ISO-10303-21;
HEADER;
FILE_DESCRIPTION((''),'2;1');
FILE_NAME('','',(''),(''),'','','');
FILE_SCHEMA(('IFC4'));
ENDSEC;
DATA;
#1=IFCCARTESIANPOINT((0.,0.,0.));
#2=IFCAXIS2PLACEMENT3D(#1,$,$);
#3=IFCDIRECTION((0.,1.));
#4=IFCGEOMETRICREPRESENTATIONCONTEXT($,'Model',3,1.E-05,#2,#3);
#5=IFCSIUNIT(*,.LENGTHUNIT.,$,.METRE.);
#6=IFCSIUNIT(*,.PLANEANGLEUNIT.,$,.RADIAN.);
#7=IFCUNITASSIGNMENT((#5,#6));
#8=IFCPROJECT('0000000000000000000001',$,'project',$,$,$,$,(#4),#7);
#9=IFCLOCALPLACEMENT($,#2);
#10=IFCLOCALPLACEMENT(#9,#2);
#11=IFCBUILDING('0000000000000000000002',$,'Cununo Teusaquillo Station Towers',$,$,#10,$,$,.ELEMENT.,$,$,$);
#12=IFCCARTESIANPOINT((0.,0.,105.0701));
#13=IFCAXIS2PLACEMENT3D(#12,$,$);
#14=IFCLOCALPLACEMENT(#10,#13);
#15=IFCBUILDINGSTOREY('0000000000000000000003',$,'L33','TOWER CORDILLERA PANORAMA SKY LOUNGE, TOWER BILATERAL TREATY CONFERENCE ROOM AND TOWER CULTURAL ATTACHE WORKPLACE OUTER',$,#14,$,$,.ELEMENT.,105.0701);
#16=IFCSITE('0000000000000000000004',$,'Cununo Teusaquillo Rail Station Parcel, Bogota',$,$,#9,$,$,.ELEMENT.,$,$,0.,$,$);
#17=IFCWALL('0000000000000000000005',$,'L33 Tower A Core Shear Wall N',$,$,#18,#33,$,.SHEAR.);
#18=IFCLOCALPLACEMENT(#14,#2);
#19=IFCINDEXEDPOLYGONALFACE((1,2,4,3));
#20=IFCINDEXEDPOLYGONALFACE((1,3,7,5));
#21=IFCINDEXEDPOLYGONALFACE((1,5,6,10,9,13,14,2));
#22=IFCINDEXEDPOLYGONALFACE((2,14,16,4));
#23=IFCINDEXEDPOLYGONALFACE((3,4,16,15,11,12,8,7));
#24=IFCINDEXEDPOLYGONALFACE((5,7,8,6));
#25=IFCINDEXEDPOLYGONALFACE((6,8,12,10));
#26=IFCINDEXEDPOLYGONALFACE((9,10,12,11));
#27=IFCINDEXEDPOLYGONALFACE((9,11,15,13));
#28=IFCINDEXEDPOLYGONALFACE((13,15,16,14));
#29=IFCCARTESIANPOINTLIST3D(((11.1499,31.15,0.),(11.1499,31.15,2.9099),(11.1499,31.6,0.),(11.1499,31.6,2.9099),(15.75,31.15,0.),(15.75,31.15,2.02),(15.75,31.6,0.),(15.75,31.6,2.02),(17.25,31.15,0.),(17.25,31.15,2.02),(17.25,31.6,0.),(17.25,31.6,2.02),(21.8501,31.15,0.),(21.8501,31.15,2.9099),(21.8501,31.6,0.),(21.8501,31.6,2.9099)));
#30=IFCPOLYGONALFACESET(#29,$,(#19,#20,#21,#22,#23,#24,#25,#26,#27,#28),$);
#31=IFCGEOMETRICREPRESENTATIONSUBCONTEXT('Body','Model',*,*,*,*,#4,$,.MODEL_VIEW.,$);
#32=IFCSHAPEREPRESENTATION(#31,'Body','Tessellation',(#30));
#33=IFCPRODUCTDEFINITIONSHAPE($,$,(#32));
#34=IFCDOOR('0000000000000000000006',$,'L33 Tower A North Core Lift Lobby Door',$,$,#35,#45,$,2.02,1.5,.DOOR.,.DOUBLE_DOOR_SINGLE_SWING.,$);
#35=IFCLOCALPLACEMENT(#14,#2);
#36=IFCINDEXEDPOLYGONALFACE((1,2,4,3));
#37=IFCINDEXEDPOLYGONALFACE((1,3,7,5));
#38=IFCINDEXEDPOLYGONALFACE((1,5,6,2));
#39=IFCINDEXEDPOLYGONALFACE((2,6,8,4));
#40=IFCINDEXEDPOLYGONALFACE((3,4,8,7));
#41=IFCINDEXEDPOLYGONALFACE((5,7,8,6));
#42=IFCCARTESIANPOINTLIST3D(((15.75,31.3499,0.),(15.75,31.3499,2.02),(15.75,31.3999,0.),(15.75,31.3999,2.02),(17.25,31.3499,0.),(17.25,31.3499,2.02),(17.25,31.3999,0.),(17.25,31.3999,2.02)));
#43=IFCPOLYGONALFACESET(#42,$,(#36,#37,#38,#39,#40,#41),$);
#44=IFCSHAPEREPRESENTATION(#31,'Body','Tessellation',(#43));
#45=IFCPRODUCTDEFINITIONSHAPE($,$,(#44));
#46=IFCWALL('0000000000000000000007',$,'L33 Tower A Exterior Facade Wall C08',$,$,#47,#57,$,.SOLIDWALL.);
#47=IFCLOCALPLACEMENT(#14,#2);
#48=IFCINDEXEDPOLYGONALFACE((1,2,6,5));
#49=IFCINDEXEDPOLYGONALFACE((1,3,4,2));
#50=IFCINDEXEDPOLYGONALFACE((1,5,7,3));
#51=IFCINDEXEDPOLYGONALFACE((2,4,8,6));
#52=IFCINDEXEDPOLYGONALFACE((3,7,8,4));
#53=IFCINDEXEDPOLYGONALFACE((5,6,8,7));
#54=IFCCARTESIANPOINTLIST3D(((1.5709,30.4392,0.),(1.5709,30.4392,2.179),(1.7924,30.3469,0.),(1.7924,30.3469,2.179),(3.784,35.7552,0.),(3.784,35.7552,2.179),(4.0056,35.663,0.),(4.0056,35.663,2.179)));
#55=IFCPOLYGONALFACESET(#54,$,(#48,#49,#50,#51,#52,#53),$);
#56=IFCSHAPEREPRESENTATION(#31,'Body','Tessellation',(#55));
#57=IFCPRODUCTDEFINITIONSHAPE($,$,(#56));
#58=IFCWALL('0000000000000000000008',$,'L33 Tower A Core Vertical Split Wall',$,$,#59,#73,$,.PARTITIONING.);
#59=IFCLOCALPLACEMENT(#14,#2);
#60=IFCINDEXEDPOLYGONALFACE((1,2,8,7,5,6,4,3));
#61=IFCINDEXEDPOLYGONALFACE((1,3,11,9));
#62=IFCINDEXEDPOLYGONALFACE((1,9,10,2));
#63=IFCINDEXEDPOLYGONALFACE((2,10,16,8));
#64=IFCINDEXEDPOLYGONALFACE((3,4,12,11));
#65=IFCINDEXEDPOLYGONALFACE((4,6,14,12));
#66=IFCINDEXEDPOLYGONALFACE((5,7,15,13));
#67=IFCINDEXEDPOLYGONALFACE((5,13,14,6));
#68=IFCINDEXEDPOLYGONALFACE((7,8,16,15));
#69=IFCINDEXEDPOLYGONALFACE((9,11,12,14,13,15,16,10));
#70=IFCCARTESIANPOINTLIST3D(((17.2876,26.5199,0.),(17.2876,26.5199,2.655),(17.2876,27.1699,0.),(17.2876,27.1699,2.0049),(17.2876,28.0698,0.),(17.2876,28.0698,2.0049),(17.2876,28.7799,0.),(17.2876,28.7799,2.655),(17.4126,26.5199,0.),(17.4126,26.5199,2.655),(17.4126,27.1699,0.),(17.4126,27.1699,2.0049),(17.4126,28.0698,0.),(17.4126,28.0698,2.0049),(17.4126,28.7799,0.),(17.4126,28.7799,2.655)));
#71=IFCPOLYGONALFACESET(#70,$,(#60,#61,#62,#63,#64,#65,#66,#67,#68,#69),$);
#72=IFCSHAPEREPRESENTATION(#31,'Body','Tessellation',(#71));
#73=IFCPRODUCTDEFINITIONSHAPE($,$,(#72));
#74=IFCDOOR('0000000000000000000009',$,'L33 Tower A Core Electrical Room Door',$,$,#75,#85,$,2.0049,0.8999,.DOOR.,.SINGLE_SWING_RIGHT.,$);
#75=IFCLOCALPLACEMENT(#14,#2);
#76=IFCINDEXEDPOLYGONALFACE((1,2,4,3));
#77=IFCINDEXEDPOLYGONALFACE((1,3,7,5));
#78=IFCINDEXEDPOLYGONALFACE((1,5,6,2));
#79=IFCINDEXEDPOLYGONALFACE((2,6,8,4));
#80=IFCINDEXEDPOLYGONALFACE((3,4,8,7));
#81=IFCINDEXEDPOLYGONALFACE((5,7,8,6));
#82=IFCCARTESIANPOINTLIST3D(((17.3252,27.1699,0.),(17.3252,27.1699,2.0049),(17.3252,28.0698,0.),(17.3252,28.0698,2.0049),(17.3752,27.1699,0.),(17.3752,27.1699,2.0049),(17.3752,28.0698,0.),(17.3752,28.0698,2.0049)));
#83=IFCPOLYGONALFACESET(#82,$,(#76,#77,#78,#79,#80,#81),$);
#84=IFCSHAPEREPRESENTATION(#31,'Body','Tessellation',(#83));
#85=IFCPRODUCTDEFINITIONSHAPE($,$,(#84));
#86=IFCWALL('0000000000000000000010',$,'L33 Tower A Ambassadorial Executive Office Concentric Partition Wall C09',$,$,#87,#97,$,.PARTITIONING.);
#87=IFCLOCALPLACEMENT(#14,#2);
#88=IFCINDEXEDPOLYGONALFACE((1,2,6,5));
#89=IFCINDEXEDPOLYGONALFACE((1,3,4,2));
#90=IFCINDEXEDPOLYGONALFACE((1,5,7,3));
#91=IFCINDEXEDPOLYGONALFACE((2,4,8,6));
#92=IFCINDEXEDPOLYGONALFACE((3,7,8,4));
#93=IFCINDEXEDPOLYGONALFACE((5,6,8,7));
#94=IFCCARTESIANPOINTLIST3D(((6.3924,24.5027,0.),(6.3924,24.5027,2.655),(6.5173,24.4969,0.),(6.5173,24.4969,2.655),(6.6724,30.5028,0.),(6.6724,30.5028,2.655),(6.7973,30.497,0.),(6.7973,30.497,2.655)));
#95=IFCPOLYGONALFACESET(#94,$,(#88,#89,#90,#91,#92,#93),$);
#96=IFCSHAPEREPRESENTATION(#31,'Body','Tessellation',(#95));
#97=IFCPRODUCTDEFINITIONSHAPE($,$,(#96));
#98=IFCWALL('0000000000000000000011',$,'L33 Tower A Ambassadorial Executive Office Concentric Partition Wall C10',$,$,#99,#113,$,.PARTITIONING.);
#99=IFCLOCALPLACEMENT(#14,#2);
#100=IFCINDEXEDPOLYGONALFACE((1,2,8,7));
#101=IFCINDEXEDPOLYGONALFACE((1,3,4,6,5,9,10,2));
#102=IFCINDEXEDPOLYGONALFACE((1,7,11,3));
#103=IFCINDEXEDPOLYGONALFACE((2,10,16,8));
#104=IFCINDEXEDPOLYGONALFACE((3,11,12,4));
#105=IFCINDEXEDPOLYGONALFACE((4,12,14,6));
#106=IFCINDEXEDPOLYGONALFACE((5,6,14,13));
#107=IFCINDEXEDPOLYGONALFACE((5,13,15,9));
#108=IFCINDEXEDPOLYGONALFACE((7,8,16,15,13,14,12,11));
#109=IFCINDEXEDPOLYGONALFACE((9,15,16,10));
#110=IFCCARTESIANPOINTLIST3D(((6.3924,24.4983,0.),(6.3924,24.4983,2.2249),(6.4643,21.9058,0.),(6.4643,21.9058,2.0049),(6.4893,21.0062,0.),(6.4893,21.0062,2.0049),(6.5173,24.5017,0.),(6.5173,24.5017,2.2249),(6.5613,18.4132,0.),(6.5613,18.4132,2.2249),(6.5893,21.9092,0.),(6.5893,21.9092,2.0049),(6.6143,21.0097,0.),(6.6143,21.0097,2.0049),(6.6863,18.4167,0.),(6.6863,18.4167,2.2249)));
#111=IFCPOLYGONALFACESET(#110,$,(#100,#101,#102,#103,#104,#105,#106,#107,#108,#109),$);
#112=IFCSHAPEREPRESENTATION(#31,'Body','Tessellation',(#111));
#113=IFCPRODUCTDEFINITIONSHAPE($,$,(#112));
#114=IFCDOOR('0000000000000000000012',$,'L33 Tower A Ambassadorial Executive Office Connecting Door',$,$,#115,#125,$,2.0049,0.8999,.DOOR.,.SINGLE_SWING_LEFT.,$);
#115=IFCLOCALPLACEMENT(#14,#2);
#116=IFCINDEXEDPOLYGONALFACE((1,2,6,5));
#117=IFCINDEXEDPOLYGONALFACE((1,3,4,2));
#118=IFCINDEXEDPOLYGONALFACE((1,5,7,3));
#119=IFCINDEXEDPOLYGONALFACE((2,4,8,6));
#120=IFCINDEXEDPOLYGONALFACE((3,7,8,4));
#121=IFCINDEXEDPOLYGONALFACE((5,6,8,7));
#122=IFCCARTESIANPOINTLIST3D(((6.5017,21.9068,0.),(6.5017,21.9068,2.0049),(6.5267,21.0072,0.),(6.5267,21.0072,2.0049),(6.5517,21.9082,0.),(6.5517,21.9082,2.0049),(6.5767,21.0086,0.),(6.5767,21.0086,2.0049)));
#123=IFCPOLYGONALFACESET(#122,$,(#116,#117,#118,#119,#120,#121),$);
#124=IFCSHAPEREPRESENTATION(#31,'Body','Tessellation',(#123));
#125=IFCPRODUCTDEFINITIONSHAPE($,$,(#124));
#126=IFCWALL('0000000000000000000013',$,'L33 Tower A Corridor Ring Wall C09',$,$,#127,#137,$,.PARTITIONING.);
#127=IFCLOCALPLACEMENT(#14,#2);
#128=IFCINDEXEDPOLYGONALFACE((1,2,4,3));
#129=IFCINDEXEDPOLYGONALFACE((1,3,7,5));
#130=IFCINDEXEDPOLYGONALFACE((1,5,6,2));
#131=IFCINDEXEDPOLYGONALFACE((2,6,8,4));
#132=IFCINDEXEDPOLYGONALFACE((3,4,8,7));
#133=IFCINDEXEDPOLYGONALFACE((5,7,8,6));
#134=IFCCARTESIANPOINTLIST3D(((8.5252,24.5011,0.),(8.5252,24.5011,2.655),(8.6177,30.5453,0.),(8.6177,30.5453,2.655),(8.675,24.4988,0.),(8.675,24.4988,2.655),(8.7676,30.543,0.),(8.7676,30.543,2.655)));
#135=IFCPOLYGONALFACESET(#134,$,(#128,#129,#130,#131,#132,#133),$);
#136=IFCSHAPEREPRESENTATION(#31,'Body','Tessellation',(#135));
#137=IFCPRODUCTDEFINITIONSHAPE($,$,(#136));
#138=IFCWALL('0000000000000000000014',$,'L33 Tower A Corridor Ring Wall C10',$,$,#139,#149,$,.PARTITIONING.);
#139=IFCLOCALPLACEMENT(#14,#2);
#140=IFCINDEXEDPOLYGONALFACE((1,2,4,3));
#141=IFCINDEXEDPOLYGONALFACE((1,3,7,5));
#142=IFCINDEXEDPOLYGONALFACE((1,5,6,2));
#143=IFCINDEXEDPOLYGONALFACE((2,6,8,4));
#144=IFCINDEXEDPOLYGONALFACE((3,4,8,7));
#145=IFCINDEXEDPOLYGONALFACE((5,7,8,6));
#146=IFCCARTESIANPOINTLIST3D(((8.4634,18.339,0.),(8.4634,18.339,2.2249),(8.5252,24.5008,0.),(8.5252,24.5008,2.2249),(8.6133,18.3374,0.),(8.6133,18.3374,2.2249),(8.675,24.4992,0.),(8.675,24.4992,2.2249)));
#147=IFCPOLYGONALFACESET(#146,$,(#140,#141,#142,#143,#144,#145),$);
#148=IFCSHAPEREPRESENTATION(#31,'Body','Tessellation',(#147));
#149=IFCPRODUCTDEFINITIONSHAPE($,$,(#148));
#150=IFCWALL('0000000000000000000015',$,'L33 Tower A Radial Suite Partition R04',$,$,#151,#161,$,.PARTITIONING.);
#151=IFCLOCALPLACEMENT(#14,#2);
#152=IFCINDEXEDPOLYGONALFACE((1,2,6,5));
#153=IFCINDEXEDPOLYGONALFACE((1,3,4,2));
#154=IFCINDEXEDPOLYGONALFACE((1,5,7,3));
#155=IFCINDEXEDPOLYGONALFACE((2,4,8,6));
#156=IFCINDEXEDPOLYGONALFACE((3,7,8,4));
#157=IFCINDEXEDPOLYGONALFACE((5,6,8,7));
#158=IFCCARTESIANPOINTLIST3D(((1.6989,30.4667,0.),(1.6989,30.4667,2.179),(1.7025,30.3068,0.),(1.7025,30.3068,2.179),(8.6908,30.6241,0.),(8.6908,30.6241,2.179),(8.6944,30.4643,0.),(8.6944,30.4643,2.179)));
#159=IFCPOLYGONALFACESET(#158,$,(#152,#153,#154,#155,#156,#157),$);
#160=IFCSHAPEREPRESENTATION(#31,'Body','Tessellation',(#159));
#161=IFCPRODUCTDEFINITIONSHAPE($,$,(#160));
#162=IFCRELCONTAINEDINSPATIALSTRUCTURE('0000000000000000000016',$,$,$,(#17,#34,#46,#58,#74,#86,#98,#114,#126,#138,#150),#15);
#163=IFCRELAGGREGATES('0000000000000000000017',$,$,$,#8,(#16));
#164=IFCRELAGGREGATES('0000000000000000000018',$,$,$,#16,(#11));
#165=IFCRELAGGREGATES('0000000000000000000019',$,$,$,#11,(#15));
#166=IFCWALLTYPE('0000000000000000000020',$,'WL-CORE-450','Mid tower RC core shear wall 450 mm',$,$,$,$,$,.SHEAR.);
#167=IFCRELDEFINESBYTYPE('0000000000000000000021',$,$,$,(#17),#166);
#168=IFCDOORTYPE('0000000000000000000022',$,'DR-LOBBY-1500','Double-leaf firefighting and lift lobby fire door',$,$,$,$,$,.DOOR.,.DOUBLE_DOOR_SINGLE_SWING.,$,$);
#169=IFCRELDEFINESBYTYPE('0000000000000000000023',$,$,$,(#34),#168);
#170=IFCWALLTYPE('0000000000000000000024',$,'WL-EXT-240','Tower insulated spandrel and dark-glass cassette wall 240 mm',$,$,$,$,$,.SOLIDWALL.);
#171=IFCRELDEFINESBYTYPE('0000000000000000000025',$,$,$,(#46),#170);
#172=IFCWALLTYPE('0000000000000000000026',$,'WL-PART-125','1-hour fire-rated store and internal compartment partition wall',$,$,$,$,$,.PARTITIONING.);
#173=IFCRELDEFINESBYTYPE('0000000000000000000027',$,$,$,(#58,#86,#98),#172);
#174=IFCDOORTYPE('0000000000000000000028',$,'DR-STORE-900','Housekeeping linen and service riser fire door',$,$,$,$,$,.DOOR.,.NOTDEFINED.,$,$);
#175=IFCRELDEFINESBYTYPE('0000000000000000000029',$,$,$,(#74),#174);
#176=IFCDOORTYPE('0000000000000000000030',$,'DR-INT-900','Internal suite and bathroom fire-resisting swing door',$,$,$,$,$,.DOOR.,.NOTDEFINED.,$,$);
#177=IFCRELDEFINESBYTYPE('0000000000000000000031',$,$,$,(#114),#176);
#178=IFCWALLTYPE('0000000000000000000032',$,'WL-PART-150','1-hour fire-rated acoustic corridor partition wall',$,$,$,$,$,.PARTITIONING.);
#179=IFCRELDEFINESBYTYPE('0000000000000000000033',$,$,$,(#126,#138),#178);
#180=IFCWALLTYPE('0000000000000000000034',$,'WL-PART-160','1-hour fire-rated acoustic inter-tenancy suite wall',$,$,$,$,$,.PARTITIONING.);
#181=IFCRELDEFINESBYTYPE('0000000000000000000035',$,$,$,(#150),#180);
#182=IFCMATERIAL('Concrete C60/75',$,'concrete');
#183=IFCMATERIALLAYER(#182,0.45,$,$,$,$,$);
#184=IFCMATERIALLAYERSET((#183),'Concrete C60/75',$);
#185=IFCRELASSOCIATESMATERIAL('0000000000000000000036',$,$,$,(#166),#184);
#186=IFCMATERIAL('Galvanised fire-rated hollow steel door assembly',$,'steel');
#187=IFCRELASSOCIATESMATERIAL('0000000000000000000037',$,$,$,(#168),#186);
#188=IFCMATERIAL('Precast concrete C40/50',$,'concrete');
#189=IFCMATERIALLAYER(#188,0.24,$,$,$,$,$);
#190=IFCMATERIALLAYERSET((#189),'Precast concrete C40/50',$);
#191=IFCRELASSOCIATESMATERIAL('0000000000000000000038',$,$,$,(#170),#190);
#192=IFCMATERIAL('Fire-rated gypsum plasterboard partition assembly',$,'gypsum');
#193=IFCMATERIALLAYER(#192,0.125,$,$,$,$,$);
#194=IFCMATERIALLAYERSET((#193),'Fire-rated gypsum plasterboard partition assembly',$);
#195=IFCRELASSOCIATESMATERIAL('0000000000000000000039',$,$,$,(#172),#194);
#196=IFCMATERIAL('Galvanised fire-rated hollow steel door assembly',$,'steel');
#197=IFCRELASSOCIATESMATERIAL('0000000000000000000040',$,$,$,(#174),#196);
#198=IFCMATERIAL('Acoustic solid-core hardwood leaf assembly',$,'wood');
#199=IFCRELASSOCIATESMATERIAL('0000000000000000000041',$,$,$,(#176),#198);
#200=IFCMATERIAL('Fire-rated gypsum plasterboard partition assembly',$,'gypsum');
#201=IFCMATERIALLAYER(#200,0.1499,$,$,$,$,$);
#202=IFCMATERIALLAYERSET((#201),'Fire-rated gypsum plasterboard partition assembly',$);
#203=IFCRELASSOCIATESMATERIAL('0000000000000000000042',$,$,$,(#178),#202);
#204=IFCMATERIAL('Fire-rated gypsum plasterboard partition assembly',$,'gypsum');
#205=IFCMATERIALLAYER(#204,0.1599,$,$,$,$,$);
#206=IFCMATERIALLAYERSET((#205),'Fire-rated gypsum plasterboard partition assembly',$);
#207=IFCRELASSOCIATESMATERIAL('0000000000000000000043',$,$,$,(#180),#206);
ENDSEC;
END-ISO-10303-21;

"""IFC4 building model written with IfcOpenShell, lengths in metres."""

from ifc_helpers import new_model, si_unit, direction, frame, frame_2d, origin, place, context, subcontext, project, spatial, rectangle, extrude, source, transform, mapped, material, layer, layer_set, type_object, element, fill, save


model = new_model("IFC4")

# Units and contexts
model_context = context("Model", 3, precision=1e-05, world=origin(), true_north=direction((0.0, 1.0)))
body_context = subcontext(model_context, "Body", "Model", "MODEL_VIEW")
ifc_project = project(units=[si_unit("LENGTHUNIT", "METRE"), si_unit("PLANEANGLEUNIT", "RADIAN")], contexts=[model_context])

# Site, building, storey
site_placement = place(None, origin())
site = spatial("IfcSite", under=ifc_project, at=site_placement, Name="Cununo Teusaquillo Rail Station Parcel, Bogota", CompositionType="ELEMENT", RefElevation=0.0)
building_placement = place(site_placement, origin())
building = spatial("IfcBuilding", under=site, at=building_placement, Name="Cununo Teusaquillo Station Towers", CompositionType="ELEMENT")
storey_placement = place(building_placement, frame((0.0, 0.0, 105.0701)))
storey = spatial("IfcBuildingStorey", under=building, at=storey_placement, Name="L33", Description="TOWER CORDILLERA PANORAMA SKY LOUNGE, TOWER BILATERAL TREATY CONFERENCE ROOM AND TOWER CULTURAL ATTACHE WORKPLACE OUTER", CompositionType="ELEMENT", Elevation=105.0701)

# Wall, opening, door
ifc_material_1 = material(Name="Concrete C60/75", Category="concrete")
ifc_layer_1 = layer(ifc_material_1, 0.45)
ifc_layer_set_1 = layer_set([ifc_layer_1], Name="Concrete C60/75")
wall_type_1 = type_object("IfcWallType", Name="WL-CORE-450", Description="Mid tower RC core shear wall 450 mm", PredefinedType="SHEAR", material=ifc_layer_set_1)
wall_1_placement = place(storey_placement, frame((11.1499, 31.375, 0.0), z_axis=(0.0, 0.0, 1.0), x_axis=(1.0, 0.0, 0.0)))
wall_1 = element("IfcWall", 1, at=wall_1_placement, inside=storey, type_object=wall_type_1, Name="L33 Tower A Core Shear Wall N", PredefinedType="SHEAR", context=body_context, shape_type="SweptSolid", body=[
    extrude(rectangle(XDim=10.7002, YDim=0.45, at=frame_2d((5.3501, 0.0))), origin(), (0.0, 0.0, 1.0), 2.9099),
])
shared_shape_1 = source(origin(), body_context, "Body", "SweptSolid", [
    extrude(rectangle(XDim=1.5, YDim=2.02, at=frame_2d((0.75, 1.01))), frame((0.0, 0.2349, 0.0), z_axis=(0.0, -1.0, 0.0), x_axis=(1.0, 0.0, 0.0)), (0.0, 0.0, 1.0), 0.47),
])
opening_1_placement = place(wall_1_placement, frame((4.6001, 0.0, 0.0)))
opening_1 = element("IfcOpeningElement", 2, at=opening_1_placement, cuts=wall_1, PredefinedType="OPENING", context=body_context, shape_type="MappedRepresentation", body=[
    mapped(shared_shape_1, transform((0.0, 0.0, 0.0), x_axis=(1.0, 0.0, 0.0), y_axis=(0.0, 1.0, 0.0), z_axis=(0.0, 0.0, 1.0), scale=1.0)),
])
ifc_material_2 = material(Name="Galvanised fire-rated hollow steel door assembly", Category="steel")
door_type_1 = type_object("IfcDoorType", Name="DR-LOBBY-1500", Description="Double-leaf firefighting and lift lobby fire door", OperationType="DOUBLE_DOOR_SINGLE_SWING", PredefinedType="DOOR", material=ifc_material_2)
shared_shape_2 = source(origin(), body_context, "Body", "SweptSolid", [
    extrude(rectangle(XDim=1.5, YDim=2.02, at=frame_2d((0.75, 1.01))), frame((0.0, 0.0249, 0.0), z_axis=(0.0, -1.0, 0.0), x_axis=(1.0, 0.0, 0.0)), (0.0, 0.0, 1.0), 0.05),
])
door_1_placement = place(opening_1_placement, origin())
door_1 = element("IfcDoor", 3, at=door_1_placement, inside=storey, type_object=door_type_1, Name="L33 Tower A North Core Lift Lobby Door", OperationType="DOUBLE_DOOR_SINGLE_SWING", OverallHeight=2.02, OverallWidth=1.5, PredefinedType="DOOR", context=body_context, shape_type="MappedRepresentation", body=[
    mapped(shared_shape_2, transform((0.0, 0.0, 0.0), x_axis=(1.0, 0.0, 0.0), y_axis=(0.0, 1.0, 0.0), z_axis=(0.0, 0.0, 1.0), scale=1.0)),
])
fill(opening_1, door_1)

# Wall
ifc_material_3 = material(Name="Precast concrete C40/50", Category="concrete")
ifc_layer_2 = layer(ifc_material_3, 0.24)
ifc_layer_set_2 = layer_set([ifc_layer_2], Name="Precast concrete C40/50")
wall_type_2 = type_object("IfcWallType", Name="WL-EXT-240", Description="Tower insulated spandrel and dark-glass cassette wall 240 mm", PredefinedType="SOLIDWALL", material=ifc_layer_set_2)
wall_2_placement = place(storey_placement, frame((1.6816, 30.3931, 0.0), z_axis=(0.0, 0.0, 1.0), x_axis=(0.384344, 0.92319, 0.0)))
element("IfcWall", 4, at=wall_2_placement, inside=storey, type_object=wall_type_2, Name="L33 Tower A Exterior Facade Wall C08", PredefinedType="SOLIDWALL", context=body_context, shape_type="SweptSolid", body=[
    extrude(rectangle(XDim=5.7583, YDim=0.24, at=frame_2d((2.8792, 0.0))), origin(), (0.0, 0.0, 1.0), 2.179),
])

# Wall, opening, door
ifc_material_4 = material(Name="Fire-rated gypsum plasterboard partition assembly", Category="gypsum")
ifc_layer_3 = layer(ifc_material_4, 0.125)
ifc_layer_set_3 = layer_set([ifc_layer_3], Name="Fire-rated gypsum plasterboard partition assembly")
wall_type_3 = type_object("IfcWallType", Name="WL-PART-125", Description="1-hour fire-rated store and internal compartment partition wall", PredefinedType="PARTITIONING", material=ifc_layer_set_3)
wall_3_placement = place(storey_placement, frame((17.3501, 26.52, 0.0), z_axis=(0.0, 0.0, 1.0), x_axis=(0.0, 1.0, 0.0)))
wall_3 = element("IfcWall", 5, at=wall_3_placement, inside=storey, type_object=wall_type_3, Name="L33 Tower A Core Vertical Split Wall", PredefinedType="PARTITIONING", context=body_context, shape_type="SweptSolid", body=[
    extrude(rectangle(XDim=2.26, YDim=0.125, at=frame_2d((1.1299, 0.0))), origin(), (0.0, 0.0, 1.0), 2.655),
])
shared_shape_3 = source(origin(), body_context, "Body", "SweptSolid", [
    extrude(rectangle(XDim=0.8999, YDim=2.0049, at=frame_2d((0.45, 1.0024))), frame((0.0, 0.0725, 0.0), z_axis=(0.0, -1.0, 0.0), x_axis=(1.0, 0.0, 0.0)), (0.0, 0.0, 1.0), 0.145),
])
opening_2_placement = place(wall_3_placement, frame((0.6499, 0.0, 0.0)))
opening_2 = element("IfcOpeningElement", 6, at=opening_2_placement, cuts=wall_3, PredefinedType="OPENING", context=body_context, shape_type="MappedRepresentation", body=[
    mapped(shared_shape_3, transform((0.0, 0.0, 0.0), x_axis=(1.0, 0.0, 0.0), y_axis=(0.0, 1.0, 0.0), z_axis=(0.0, 0.0, 1.0), scale=1.0)),
])
ifc_material_5 = material(Name="Galvanised fire-rated hollow steel door assembly", Category="steel")
door_type_2 = type_object("IfcDoorType", Name="DR-STORE-900", Description="Housekeeping linen and service riser fire door", OperationType="NOTDEFINED", PredefinedType="DOOR", material=ifc_material_5)
shared_shape_4 = source(origin(), body_context, "Body", "SweptSolid", [
    extrude(rectangle(XDim=0.8999, YDim=2.0049, at=frame_2d((0.45, 1.0024))), frame((0.0, 0.0249, 0.0), z_axis=(0.0, -1.0, 0.0), x_axis=(1.0, 0.0, 0.0)), (0.0, 0.0, 1.0), 0.05),
])
door_2_placement = place(opening_2_placement, origin())
door_2 = element("IfcDoor", 7, at=door_2_placement, inside=storey, type_object=door_type_2, Name="L33 Tower A Core Electrical Room Door", OperationType="SINGLE_SWING_RIGHT", OverallHeight=2.0049, OverallWidth=0.8999, PredefinedType="DOOR", context=body_context, shape_type="MappedRepresentation", body=[
    mapped(shared_shape_4, transform((0.0, 0.0, 0.0), x_axis=(1.0, 0.0, 0.0), y_axis=(0.0, 1.0, 0.0), z_axis=(0.0, 0.0, 1.0), scale=1.0)),
])
fill(opening_2, door_2)

# Wall
wall_4_placement = place(storey_placement, frame((6.7349, 30.5, 0.0), z_axis=(0.0, 0.0, 1.0), x_axis=(-0.046621, -0.998913, 0.0)))
element("IfcWall", 8, at=wall_4_placement, inside=storey, type_object=wall_type_3, Name="L33 Tower A Ambassadorial Executive Office Concentric Partition Wall C09", PredefinedType="PARTITIONING", context=body_context, shape_type="SweptSolid", body=[
    extrude(rectangle(XDim=6.0066, YDim=0.125, at=frame_2d((3.0034, 0.0))), origin(), (0.0, 0.0, 1.0), 2.655),
])

# Wall, opening, door
wall_5_placement = place(storey_placement, frame((6.4548, 24.5, 0.0), z_axis=(0.0, 0.0, 1.0), x_axis=(0.027754, -0.999615, 0.0)))
wall_5 = element("IfcWall", 9, at=wall_5_placement, inside=storey, type_object=wall_type_3, Name="L33 Tower A Ambassadorial Executive Office Concentric Partition Wall C10", PredefinedType="PARTITIONING", context=body_context, shape_type="SweptSolid", body=[
    extrude(rectangle(XDim=6.0874, YDim=0.125, at=frame_2d((3.0437, 0.0))), origin(), (0.0, 0.0, 1.0), 2.2249),
])
opening_3_placement = place(wall_5_placement, frame((2.5935, 0.0, 0.0)))
opening_3 = element("IfcOpeningElement", 10, at=opening_3_placement, cuts=wall_5, PredefinedType="OPENING", context=body_context, shape_type="MappedRepresentation", body=[
    mapped(shared_shape_3, transform((0.0, 0.0, 0.0), x_axis=(1.0, 0.0, 0.0), y_axis=(0.0, 1.0, 0.0), z_axis=(0.0, 0.0, 1.0), scale=1.0)),
])
ifc_material_6 = material(Name="Acoustic solid-core hardwood leaf assembly", Category="wood")
door_type_3 = type_object("IfcDoorType", Name="DR-INT-900", Description="Internal suite and bathroom fire-resisting swing door", OperationType="NOTDEFINED", PredefinedType="DOOR", material=ifc_material_6)
door_3_placement = place(opening_3_placement, origin())
door_3 = element("IfcDoor", 11, at=door_3_placement, inside=storey, type_object=door_type_3, Name="L33 Tower A Ambassadorial Executive Office Connecting Door", OperationType="SINGLE_SWING_LEFT", OverallHeight=2.0049, OverallWidth=0.8999, PredefinedType="DOOR", context=body_context, shape_type="MappedRepresentation", body=[
    mapped(shared_shape_4, transform((0.0, 0.0, 0.0), x_axis=(1.0, 0.0, 0.0), y_axis=(0.0, 1.0, 0.0), z_axis=(0.0, 0.0, 1.0), scale=1.0)),
])
fill(opening_3, door_3)

# Walls
ifc_material_7 = material(Name="Fire-rated gypsum plasterboard partition assembly", Category="gypsum")
ifc_layer_4 = layer(ifc_material_7, 0.1499)
ifc_layer_set_4 = layer_set([ifc_layer_4], Name="Fire-rated gypsum plasterboard partition assembly")
wall_type_4 = type_object("IfcWallType", Name="WL-PART-150", Description="1-hour fire-rated acoustic corridor partition wall", PredefinedType="PARTITIONING", material=ifc_layer_set_4)
wall_6_placement = place(storey_placement, frame((8.6926, 30.5442, 0.0), z_axis=(0.0, 0.0, 1.0), x_axis=(-0.015307, -0.999883, 0.0)))
element("IfcWall", 12, at=wall_6_placement, inside=storey, type_object=wall_type_4, Name="L33 Tower A Corridor Ring Wall C09", PredefinedType="PARTITIONING", context=body_context, shape_type="SweptSolid", body=[
    extrude(rectangle(XDim=6.0449, YDim=0.1499, at=frame_2d((3.0225, 0.0))), origin(), (0.0, 0.0, 1.0), 2.655),
])
wall_7_placement = place(storey_placement, frame((8.6001, 24.5, 0.0), z_axis=(0.0, 0.0, 1.0), x_axis=(-0.010024, -0.99995, 0.0)))
element("IfcWall", 13, at=wall_7_placement, inside=storey, type_object=wall_type_4, Name="L33 Tower A Corridor Ring Wall C10", PredefinedType="PARTITIONING", context=body_context, shape_type="SweptSolid", body=[
    extrude(rectangle(XDim=6.1621, YDim=0.1499, at=frame_2d((3.0811, 0.0))), origin(), (0.0, 0.0, 1.0), 2.2249),
])
ifc_material_8 = material(Name="Fire-rated gypsum plasterboard partition assembly", Category="gypsum")
ifc_layer_5 = layer(ifc_material_8, 0.1599)
ifc_layer_set_5 = layer_set([ifc_layer_5], Name="Fire-rated gypsum plasterboard partition assembly")
wall_type_5 = type_object("IfcWallType", Name="WL-PART-160", Description="1-hour fire-rated acoustic inter-tenancy suite wall", PredefinedType="PARTITIONING", material=ifc_layer_set_5)
wall_8_placement = place(storey_placement, frame((8.6926, 30.5442, 0.0), z_axis=(0.0, 0.0, 1.0), x_axis=(-0.999746, -0.022516, 0.0)))
element("IfcWall", 14, at=wall_8_placement, inside=storey, type_object=wall_type_5, Name="L33 Tower A Radial Suite Partition R04", PredefinedType="PARTITIONING", context=body_context, shape_type="SweptSolid", body=[
    extrude(rectangle(XDim=6.9937, YDim=0.1599, at=frame_2d((3.4968, 0.0))), origin(), (0.0, 0.0, 1.0), 2.179),
])

save(model, "model.ifc")
